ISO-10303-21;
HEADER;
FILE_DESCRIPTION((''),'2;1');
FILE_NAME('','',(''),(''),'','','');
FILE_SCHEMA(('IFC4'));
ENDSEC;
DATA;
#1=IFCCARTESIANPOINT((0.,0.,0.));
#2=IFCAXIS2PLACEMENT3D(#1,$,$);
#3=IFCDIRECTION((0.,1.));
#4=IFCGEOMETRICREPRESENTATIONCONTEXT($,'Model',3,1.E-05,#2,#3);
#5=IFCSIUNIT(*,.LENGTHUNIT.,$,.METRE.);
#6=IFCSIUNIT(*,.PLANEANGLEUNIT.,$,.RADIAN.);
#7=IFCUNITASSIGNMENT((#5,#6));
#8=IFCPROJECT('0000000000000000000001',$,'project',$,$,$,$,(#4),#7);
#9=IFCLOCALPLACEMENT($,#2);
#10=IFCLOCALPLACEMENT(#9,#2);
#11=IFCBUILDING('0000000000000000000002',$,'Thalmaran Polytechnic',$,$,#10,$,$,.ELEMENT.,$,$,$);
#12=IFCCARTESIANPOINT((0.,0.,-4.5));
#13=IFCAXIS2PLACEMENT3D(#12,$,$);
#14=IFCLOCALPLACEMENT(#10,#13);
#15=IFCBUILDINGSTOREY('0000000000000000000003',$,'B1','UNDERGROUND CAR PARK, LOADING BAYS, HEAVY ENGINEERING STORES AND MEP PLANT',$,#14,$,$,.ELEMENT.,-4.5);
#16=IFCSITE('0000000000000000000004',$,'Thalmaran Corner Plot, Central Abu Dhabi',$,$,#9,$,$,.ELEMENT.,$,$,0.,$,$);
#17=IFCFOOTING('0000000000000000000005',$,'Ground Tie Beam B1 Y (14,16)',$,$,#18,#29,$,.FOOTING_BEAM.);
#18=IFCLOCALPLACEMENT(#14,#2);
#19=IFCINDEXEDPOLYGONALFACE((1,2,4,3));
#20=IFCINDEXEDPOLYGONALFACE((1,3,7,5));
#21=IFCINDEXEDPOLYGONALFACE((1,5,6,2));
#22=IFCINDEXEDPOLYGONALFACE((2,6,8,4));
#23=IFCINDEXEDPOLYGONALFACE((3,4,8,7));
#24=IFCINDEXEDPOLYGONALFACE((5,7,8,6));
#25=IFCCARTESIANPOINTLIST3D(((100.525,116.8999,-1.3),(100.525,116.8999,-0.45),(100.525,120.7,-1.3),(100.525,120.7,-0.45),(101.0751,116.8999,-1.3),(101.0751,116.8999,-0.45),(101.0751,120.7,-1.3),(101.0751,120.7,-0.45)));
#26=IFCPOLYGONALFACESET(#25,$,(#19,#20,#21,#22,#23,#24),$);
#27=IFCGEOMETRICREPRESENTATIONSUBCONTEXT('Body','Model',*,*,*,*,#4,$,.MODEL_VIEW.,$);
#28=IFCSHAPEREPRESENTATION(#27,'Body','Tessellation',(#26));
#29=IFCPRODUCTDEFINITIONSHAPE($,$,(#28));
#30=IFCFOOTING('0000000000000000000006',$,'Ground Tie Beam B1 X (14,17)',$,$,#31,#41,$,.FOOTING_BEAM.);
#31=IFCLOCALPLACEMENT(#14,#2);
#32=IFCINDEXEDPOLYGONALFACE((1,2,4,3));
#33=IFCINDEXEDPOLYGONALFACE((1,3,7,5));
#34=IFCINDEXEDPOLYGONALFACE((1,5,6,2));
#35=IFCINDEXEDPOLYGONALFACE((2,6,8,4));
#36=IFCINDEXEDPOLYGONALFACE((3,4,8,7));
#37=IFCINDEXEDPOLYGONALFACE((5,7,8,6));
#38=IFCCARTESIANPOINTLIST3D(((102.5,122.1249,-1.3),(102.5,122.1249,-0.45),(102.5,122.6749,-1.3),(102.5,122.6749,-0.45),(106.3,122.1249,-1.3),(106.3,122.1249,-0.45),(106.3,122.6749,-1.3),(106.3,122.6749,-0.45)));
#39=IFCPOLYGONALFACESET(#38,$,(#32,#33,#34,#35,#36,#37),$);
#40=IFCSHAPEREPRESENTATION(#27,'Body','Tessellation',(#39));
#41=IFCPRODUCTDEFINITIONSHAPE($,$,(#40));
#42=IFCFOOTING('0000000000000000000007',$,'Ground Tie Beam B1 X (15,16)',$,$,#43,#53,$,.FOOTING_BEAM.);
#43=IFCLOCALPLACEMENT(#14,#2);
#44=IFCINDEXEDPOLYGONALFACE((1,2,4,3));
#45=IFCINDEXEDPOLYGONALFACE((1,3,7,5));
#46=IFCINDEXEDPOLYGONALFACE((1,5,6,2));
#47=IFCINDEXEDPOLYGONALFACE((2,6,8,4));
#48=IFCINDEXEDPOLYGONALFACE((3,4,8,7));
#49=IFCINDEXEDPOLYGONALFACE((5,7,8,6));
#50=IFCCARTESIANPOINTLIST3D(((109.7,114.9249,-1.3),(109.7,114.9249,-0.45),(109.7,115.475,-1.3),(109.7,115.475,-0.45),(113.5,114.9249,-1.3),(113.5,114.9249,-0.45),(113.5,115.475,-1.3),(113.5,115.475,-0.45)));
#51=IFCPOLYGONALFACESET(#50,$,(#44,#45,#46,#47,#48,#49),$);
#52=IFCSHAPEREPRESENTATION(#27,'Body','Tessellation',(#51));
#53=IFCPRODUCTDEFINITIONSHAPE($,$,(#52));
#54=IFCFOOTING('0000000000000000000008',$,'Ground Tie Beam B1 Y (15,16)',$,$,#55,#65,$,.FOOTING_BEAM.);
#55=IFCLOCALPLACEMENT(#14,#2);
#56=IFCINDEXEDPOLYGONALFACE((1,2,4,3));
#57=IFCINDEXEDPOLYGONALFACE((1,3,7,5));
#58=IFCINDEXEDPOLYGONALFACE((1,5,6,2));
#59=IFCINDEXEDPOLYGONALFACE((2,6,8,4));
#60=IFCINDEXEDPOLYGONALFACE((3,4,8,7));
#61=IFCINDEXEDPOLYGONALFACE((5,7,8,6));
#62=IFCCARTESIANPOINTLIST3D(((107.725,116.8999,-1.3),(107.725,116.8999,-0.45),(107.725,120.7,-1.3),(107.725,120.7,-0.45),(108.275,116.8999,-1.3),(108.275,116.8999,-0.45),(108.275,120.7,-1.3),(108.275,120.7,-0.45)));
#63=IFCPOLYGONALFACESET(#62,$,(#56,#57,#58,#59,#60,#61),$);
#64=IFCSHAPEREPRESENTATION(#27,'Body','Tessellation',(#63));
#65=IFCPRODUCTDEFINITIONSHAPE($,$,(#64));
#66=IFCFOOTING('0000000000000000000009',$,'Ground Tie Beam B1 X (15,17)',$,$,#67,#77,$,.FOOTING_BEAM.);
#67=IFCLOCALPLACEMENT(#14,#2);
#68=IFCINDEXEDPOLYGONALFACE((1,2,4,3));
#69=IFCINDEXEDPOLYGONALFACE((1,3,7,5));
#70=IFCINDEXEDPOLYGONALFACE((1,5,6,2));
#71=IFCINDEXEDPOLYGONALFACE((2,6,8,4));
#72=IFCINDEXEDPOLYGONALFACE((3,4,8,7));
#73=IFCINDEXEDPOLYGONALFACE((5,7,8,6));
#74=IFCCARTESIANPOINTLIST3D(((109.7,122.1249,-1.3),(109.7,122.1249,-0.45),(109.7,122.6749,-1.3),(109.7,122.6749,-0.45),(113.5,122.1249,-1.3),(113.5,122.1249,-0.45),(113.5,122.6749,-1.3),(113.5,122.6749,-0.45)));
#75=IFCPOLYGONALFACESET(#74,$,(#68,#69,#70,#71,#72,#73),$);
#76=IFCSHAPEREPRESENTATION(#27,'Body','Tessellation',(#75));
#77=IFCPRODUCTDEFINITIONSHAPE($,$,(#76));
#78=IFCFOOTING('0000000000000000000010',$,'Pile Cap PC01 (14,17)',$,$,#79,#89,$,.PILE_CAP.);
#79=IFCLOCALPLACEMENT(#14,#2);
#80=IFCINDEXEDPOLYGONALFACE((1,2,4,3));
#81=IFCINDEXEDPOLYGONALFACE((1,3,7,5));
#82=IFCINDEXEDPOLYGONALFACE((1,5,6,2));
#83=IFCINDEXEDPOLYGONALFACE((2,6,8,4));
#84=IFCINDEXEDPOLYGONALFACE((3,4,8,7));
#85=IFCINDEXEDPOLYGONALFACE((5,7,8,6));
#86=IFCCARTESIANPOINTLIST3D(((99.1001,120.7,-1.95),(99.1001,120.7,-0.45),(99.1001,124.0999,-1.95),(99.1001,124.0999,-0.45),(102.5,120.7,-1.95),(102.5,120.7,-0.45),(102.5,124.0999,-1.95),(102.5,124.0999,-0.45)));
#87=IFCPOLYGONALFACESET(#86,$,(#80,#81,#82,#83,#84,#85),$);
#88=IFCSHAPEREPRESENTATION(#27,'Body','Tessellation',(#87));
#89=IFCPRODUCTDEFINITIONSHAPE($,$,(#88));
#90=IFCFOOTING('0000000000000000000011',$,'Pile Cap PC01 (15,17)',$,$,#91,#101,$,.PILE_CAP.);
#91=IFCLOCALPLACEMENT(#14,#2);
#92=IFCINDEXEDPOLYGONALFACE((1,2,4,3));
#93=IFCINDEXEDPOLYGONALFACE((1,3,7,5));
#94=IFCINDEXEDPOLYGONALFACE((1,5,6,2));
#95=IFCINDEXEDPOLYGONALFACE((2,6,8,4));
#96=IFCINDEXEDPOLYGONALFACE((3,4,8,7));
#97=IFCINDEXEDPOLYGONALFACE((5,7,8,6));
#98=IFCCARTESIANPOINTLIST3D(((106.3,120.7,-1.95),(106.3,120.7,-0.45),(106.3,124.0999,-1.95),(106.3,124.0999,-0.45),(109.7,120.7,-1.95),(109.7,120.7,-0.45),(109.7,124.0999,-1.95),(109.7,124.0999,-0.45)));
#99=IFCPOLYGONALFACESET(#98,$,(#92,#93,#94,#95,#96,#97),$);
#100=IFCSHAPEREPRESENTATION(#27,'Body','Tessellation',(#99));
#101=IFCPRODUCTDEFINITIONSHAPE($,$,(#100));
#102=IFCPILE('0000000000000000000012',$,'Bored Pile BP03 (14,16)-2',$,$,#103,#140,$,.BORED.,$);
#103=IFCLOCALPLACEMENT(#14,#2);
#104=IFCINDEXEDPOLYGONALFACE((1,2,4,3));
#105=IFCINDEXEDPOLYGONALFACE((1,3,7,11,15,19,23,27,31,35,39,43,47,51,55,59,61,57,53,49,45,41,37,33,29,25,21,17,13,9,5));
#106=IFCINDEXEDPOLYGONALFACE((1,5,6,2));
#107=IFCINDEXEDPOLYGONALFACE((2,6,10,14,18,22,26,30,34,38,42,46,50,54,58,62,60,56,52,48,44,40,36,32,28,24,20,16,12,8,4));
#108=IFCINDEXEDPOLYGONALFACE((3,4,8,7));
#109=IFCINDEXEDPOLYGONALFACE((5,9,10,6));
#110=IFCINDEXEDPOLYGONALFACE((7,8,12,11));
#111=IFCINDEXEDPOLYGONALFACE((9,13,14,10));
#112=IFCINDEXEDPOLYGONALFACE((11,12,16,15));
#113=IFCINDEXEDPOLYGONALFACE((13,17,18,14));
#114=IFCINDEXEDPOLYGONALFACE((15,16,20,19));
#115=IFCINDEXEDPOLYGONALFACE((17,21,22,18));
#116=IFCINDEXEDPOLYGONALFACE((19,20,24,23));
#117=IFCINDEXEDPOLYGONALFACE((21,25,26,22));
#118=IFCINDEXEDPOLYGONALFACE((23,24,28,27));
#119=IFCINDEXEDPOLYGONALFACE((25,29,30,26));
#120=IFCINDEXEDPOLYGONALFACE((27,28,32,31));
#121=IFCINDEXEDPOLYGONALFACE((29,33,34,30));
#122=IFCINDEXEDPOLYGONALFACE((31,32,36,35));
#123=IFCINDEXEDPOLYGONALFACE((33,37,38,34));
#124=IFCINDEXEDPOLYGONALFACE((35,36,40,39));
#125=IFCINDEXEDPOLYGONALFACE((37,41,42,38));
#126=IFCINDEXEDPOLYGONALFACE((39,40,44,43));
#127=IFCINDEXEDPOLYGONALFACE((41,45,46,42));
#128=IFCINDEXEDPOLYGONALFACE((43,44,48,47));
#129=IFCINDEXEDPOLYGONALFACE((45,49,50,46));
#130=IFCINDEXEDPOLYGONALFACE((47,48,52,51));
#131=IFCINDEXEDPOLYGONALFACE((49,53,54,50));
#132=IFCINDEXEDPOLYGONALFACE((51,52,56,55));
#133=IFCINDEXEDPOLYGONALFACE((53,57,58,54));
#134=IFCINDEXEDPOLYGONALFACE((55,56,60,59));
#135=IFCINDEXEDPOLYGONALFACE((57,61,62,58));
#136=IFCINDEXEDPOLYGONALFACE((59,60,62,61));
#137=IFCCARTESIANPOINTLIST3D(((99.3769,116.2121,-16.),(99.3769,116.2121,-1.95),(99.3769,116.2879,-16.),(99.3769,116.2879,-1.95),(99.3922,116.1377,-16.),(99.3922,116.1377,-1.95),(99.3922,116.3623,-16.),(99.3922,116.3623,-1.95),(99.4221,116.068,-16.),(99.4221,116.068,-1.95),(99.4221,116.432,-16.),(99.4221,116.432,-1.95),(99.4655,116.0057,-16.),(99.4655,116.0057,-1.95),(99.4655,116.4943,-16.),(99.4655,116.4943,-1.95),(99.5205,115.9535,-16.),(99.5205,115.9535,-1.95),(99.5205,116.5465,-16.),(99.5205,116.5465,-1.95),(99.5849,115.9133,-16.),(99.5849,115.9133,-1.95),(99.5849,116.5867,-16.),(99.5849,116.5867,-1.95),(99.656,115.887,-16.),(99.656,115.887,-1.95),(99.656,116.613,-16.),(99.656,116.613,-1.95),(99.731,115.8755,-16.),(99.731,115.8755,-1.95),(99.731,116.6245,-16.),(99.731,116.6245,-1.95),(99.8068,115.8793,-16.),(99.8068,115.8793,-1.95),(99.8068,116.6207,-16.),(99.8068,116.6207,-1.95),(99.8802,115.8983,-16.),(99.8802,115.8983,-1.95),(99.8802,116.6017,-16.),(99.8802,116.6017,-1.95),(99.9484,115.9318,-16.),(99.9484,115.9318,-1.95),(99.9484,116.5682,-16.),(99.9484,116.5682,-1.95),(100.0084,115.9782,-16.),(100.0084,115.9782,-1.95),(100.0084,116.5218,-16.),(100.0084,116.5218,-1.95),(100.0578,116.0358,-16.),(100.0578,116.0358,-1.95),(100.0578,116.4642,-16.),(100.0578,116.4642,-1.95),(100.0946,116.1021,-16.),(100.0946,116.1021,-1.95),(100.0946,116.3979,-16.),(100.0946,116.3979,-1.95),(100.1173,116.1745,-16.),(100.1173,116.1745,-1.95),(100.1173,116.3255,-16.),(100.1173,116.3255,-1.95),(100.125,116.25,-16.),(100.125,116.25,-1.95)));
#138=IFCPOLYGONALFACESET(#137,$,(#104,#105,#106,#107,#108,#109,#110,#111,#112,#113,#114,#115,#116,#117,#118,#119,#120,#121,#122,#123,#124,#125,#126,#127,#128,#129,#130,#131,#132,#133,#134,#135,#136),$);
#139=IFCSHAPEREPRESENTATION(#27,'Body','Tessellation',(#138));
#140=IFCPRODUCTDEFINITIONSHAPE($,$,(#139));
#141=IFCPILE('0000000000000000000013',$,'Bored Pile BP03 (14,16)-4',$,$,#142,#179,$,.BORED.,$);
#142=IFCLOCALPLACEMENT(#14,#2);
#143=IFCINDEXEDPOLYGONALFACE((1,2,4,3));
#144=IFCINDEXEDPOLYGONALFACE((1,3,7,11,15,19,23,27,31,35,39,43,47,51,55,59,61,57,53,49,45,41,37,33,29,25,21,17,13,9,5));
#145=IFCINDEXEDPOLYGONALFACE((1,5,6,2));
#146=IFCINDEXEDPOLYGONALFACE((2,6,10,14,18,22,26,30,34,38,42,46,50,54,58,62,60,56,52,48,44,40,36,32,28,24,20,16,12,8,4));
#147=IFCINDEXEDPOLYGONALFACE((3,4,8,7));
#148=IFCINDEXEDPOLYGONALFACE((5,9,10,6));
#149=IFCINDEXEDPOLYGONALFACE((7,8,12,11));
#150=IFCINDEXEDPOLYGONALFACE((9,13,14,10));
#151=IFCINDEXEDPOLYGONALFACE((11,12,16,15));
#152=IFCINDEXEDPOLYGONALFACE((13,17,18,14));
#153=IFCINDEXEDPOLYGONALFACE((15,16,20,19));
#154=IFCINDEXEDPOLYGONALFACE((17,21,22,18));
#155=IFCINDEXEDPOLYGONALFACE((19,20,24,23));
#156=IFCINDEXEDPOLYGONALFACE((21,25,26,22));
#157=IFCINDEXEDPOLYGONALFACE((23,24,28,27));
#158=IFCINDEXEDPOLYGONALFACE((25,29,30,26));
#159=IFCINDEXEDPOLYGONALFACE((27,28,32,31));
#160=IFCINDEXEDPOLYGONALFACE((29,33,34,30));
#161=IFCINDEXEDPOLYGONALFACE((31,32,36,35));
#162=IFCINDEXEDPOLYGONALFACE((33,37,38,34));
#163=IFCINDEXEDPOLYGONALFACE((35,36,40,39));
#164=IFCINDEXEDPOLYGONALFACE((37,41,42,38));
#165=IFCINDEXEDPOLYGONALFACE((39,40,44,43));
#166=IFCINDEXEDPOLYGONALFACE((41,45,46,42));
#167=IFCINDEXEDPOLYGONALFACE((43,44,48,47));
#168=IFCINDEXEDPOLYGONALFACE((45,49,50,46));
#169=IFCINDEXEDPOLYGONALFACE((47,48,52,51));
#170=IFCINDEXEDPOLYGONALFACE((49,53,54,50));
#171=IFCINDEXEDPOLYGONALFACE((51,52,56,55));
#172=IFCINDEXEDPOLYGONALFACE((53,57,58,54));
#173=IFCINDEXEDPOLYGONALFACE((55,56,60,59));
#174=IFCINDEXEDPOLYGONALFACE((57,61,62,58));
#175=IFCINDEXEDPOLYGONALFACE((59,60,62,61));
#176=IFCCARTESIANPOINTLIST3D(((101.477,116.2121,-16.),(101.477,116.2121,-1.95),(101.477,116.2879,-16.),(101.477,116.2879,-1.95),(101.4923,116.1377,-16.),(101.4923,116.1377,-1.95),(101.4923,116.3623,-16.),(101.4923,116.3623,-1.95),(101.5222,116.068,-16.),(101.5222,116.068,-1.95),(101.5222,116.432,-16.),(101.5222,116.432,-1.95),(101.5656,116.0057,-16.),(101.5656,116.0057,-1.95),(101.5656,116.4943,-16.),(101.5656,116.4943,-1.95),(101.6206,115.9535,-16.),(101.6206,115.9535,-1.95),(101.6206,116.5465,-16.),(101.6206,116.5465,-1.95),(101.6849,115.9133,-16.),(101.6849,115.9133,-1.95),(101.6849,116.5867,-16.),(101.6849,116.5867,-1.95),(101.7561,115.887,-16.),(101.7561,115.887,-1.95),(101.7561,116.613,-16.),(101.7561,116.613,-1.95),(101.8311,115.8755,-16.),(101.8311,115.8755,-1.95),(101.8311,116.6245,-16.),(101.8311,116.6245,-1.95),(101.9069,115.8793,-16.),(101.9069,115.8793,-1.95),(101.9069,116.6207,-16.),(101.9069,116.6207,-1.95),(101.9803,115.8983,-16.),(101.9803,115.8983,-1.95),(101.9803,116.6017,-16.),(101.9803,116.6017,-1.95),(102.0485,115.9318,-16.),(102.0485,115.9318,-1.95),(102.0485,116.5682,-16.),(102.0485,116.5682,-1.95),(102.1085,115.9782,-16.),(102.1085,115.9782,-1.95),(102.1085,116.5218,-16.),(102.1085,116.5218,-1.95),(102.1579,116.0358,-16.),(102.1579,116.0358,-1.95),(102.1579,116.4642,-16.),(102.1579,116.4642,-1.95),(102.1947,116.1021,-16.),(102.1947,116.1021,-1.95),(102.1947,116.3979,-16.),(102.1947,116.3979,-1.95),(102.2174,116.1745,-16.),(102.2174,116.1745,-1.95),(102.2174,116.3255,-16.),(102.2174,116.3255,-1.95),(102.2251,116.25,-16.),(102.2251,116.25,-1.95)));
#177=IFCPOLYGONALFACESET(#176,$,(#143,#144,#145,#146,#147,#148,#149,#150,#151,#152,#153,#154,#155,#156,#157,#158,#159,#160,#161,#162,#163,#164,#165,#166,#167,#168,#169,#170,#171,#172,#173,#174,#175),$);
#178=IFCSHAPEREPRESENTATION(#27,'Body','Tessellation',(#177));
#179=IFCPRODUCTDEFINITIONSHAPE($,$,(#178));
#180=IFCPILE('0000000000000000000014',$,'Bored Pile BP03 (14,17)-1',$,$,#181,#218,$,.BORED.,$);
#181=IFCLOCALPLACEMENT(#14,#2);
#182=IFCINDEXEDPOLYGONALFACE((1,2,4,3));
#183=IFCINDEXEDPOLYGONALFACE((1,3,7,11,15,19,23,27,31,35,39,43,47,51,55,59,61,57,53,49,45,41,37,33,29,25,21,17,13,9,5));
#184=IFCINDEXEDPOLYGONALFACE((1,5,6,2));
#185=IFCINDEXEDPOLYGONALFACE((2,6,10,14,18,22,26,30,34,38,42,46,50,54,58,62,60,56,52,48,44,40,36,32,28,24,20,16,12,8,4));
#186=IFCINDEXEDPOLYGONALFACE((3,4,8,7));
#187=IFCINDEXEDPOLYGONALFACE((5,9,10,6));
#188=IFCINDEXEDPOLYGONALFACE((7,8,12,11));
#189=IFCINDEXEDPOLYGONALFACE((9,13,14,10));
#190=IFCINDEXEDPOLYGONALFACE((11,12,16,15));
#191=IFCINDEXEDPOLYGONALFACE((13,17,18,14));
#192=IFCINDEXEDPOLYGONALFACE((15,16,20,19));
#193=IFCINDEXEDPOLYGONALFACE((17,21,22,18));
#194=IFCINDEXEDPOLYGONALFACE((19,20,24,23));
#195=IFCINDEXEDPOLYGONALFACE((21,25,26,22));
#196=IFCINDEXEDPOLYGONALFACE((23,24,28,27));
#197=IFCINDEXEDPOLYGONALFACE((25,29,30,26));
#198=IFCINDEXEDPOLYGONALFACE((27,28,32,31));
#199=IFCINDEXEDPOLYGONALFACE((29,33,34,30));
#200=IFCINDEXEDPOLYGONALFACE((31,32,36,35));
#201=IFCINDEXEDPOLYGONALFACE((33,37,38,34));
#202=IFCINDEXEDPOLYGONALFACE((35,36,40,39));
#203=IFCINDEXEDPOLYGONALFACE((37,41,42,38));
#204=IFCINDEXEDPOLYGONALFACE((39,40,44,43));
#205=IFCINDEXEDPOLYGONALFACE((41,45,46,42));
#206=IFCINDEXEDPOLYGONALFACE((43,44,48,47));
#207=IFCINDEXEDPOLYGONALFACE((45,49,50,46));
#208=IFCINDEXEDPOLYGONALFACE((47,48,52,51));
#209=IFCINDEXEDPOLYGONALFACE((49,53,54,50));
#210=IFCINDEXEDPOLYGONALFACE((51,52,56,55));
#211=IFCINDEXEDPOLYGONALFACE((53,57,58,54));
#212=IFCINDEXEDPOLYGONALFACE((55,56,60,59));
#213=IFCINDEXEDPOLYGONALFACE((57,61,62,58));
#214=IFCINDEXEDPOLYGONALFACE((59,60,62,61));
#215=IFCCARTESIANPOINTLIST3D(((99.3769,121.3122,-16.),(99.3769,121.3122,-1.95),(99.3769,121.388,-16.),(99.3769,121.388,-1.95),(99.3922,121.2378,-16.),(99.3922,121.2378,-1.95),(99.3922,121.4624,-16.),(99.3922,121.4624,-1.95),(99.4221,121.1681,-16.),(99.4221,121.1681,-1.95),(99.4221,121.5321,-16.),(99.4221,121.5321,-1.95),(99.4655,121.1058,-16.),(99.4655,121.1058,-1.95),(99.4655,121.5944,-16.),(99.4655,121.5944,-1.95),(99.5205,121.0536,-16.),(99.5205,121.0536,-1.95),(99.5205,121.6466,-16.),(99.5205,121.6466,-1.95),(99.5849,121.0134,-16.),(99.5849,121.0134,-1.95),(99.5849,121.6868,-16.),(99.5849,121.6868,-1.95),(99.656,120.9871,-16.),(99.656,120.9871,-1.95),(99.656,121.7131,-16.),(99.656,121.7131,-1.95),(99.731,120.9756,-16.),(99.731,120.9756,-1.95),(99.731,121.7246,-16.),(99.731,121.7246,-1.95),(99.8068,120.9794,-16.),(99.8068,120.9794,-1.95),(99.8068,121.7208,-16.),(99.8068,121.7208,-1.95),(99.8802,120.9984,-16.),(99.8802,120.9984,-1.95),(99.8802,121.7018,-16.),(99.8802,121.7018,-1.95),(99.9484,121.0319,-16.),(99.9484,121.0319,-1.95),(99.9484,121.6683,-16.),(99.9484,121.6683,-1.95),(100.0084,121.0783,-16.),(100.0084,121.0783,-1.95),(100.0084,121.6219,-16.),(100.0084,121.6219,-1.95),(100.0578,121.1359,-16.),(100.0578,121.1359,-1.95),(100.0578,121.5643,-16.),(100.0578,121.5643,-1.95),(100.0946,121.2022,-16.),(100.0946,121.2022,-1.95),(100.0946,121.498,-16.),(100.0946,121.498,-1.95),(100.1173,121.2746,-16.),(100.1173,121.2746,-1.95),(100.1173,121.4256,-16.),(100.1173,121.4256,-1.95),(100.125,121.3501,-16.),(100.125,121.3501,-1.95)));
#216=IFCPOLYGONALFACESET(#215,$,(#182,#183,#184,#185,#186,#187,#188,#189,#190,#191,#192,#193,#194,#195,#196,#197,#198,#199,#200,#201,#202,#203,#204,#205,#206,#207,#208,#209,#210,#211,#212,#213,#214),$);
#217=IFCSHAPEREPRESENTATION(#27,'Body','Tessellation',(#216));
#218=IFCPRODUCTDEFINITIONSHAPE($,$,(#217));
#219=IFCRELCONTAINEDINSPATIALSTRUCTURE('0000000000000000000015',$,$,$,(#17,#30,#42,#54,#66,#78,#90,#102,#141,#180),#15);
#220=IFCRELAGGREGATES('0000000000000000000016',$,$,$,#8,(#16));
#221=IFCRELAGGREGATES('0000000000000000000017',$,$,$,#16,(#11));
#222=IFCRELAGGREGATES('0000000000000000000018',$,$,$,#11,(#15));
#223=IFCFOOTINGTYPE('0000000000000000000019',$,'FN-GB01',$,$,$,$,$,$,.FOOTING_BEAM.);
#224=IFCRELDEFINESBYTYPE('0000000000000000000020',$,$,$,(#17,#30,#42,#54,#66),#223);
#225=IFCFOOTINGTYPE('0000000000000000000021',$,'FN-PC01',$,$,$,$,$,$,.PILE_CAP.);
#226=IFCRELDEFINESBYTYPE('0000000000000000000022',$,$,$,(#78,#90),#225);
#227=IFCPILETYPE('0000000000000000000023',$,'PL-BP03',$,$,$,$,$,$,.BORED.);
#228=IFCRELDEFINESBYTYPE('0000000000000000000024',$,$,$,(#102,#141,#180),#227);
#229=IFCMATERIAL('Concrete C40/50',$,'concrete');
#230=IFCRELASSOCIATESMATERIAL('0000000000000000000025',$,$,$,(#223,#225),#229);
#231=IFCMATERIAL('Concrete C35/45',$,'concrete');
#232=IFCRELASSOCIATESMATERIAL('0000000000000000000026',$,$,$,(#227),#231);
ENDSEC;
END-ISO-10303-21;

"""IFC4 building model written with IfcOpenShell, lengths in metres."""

from ifc_helpers import new_model, si_unit, direction, frame, origin, origin_2d, place, context, subcontext, project, spatial, rectangle, circle, extrude, material, material_profile, profile_set, type_object, element, save


model = new_model("IFC4")

# Units and contexts
model_context = context("Model", 3, precision=1e-05, world=origin(), true_north=direction((0.0, 1.0)))
body_context = subcontext(model_context, "Body", "Model", "MODEL_VIEW")
ifc_project = project(units=[si_unit("LENGTHUNIT", "METRE"), si_unit("PLANEANGLEUNIT", "RADIAN")], contexts=[model_context])

# Site, building, storey
site_placement = place(None, origin())
site = spatial("IfcSite", under=ifc_project, at=site_placement, Name="Thalmaran Corner Plot, Central Abu Dhabi", CompositionType="ELEMENT", RefElevation=0.0)
building_placement = place(site_placement, origin())
building = spatial("IfcBuilding", under=site, at=building_placement, Name="Thalmaran Polytechnic", CompositionType="ELEMENT")
storey_placement = place(building_placement, frame((0.0, 0.0, -4.5)))
storey = spatial("IfcBuildingStorey", under=building, at=storey_placement, Name="B1", Description="UNDERGROUND CAR PARK, LOADING BAYS, HEAVY ENGINEERING STORES AND MEP PLANT", CompositionType="ELEMENT", Elevation=-4.5)

# Footings
ifc_material_1 = material(Name="Concrete C40/50", Category="concrete")
ifc_material_profile_1 = material_profile(ifc_material_1, rectangle(XDim=0.55, YDim=0.8501, at=origin_2d()), Name="RC 550x850")
ifc_profile_set_1 = profile_set([ifc_material_profile_1], Name="Concrete C40/50")
footing_type_1 = type_object("IfcFootingType", Name="FN-GB01", PredefinedType="FOOTING_BEAM", material=ifc_profile_set_1)
for number, where, z_axis, x_axis, name in (
    (1, (100.8, 116.8999, -0.875), (0.0, 1.0, 0.0), (-1.0, 0.0, 0.0), "Ground Tie Beam B1 Y (14,16)"),
    (2, (102.5, 122.3999, -0.875), (1.0, 0.0, 0.0), (0.0, 1.0, 0.0), "Ground Tie Beam B1 X (14,17)"),
    (3, (109.7, 115.2, -0.875), (1.0, 0.0, 0.0), (0.0, 1.0, 0.0), "Ground Tie Beam B1 X (15,16)"),
    (4, (108.0, 116.8999, -0.875), (0.0, 1.0, 0.0), (-1.0, 0.0, 0.0), "Ground Tie Beam B1 Y (15,16)"),
    (5, (109.7, 122.3999, -0.875), (1.0, 0.0, 0.0), (0.0, 1.0, 0.0), "Ground Tie Beam B1 X (15,17)"),
):
    element("IfcFooting", number, at=place(storey_placement, frame(where, z_axis=z_axis, x_axis=x_axis)), inside=storey, type_object=footing_type_1, Name=name, PredefinedType="FOOTING_BEAM", context=body_context, shape_type="SweptSolid", body=[
        extrude(rectangle(XDim=0.55, YDim=0.8501, at=origin_2d()), origin(), (0.0, 0.0, 1.0), 3.8),
    ])
footing_type_2 = type_object("IfcFootingType", Name="FN-PC01", PredefinedType="PILE_CAP", material=ifc_material_1)
for number, where, z_axis, x_axis, name in (
    (6, (100.8, 122.3999, -1.95), (0.0, 0.0, 1.0), (1.0, 0.0, 0.0), "Pile Cap PC01 (14,17)"),
    (7, (108.0, 122.3999, -1.95), (0.0, 0.0, 1.0), (1.0, 0.0, 0.0), "Pile Cap PC01 (15,17)"),
):
    element("IfcFooting", number, at=place(storey_placement, frame(where, z_axis=z_axis, x_axis=x_axis)), inside=storey, type_object=footing_type_2, Name=name, PredefinedType="PILE_CAP", context=body_context, shape_type="SweptSolid", body=[
        extrude(rectangle(XDim=3.3999, YDim=3.3999, at=origin_2d()), origin(), (0.0, 0.0, 1.0), 1.5),
    ])

# Piles
ifc_material_2 = material(Name="Concrete C35/45", Category="concrete")
ifc_material_profile_2 = material_profile(ifc_material_2, circle(Radius=0.375, at=origin_2d()), Name="RC 750 DIA")
ifc_profile_set_2 = profile_set([ifc_material_profile_2], Name="Concrete C35/45")
pile_type = type_object("IfcPileType", Name="PL-BP03", PredefinedType="BORED", material=ifc_profile_set_2)
for number, where, z_axis, x_axis, name in (
    (8, (99.75, 116.25, -1.95), (0.0, 0.0, -1.0), (1.0, 0.0, 0.0), "Bored Pile BP03 (14,16)-2"),
    (9, (101.8501, 116.25, -1.95), (0.0, 0.0, -1.0), (1.0, 0.0, 0.0), "Bored Pile BP03 (14,16)-4"),
    (10, (99.75, 121.3501, -1.95), (0.0, 0.0, -1.0), (1.0, 0.0, 0.0), "Bored Pile BP03 (14,17)-1"),
):
    element("IfcPile", number, at=place(storey_placement, frame(where, z_axis=z_axis, x_axis=x_axis)), inside=storey, type_object=pile_type, Name=name, PredefinedType="BORED", context=body_context, shape_type="SweptSolid", body=[
        extrude(circle(Radius=0.375, at=origin_2d()), origin(), (0.0, 0.0, 1.0), 14.05),
    ])

save(model, "model.ifc")
